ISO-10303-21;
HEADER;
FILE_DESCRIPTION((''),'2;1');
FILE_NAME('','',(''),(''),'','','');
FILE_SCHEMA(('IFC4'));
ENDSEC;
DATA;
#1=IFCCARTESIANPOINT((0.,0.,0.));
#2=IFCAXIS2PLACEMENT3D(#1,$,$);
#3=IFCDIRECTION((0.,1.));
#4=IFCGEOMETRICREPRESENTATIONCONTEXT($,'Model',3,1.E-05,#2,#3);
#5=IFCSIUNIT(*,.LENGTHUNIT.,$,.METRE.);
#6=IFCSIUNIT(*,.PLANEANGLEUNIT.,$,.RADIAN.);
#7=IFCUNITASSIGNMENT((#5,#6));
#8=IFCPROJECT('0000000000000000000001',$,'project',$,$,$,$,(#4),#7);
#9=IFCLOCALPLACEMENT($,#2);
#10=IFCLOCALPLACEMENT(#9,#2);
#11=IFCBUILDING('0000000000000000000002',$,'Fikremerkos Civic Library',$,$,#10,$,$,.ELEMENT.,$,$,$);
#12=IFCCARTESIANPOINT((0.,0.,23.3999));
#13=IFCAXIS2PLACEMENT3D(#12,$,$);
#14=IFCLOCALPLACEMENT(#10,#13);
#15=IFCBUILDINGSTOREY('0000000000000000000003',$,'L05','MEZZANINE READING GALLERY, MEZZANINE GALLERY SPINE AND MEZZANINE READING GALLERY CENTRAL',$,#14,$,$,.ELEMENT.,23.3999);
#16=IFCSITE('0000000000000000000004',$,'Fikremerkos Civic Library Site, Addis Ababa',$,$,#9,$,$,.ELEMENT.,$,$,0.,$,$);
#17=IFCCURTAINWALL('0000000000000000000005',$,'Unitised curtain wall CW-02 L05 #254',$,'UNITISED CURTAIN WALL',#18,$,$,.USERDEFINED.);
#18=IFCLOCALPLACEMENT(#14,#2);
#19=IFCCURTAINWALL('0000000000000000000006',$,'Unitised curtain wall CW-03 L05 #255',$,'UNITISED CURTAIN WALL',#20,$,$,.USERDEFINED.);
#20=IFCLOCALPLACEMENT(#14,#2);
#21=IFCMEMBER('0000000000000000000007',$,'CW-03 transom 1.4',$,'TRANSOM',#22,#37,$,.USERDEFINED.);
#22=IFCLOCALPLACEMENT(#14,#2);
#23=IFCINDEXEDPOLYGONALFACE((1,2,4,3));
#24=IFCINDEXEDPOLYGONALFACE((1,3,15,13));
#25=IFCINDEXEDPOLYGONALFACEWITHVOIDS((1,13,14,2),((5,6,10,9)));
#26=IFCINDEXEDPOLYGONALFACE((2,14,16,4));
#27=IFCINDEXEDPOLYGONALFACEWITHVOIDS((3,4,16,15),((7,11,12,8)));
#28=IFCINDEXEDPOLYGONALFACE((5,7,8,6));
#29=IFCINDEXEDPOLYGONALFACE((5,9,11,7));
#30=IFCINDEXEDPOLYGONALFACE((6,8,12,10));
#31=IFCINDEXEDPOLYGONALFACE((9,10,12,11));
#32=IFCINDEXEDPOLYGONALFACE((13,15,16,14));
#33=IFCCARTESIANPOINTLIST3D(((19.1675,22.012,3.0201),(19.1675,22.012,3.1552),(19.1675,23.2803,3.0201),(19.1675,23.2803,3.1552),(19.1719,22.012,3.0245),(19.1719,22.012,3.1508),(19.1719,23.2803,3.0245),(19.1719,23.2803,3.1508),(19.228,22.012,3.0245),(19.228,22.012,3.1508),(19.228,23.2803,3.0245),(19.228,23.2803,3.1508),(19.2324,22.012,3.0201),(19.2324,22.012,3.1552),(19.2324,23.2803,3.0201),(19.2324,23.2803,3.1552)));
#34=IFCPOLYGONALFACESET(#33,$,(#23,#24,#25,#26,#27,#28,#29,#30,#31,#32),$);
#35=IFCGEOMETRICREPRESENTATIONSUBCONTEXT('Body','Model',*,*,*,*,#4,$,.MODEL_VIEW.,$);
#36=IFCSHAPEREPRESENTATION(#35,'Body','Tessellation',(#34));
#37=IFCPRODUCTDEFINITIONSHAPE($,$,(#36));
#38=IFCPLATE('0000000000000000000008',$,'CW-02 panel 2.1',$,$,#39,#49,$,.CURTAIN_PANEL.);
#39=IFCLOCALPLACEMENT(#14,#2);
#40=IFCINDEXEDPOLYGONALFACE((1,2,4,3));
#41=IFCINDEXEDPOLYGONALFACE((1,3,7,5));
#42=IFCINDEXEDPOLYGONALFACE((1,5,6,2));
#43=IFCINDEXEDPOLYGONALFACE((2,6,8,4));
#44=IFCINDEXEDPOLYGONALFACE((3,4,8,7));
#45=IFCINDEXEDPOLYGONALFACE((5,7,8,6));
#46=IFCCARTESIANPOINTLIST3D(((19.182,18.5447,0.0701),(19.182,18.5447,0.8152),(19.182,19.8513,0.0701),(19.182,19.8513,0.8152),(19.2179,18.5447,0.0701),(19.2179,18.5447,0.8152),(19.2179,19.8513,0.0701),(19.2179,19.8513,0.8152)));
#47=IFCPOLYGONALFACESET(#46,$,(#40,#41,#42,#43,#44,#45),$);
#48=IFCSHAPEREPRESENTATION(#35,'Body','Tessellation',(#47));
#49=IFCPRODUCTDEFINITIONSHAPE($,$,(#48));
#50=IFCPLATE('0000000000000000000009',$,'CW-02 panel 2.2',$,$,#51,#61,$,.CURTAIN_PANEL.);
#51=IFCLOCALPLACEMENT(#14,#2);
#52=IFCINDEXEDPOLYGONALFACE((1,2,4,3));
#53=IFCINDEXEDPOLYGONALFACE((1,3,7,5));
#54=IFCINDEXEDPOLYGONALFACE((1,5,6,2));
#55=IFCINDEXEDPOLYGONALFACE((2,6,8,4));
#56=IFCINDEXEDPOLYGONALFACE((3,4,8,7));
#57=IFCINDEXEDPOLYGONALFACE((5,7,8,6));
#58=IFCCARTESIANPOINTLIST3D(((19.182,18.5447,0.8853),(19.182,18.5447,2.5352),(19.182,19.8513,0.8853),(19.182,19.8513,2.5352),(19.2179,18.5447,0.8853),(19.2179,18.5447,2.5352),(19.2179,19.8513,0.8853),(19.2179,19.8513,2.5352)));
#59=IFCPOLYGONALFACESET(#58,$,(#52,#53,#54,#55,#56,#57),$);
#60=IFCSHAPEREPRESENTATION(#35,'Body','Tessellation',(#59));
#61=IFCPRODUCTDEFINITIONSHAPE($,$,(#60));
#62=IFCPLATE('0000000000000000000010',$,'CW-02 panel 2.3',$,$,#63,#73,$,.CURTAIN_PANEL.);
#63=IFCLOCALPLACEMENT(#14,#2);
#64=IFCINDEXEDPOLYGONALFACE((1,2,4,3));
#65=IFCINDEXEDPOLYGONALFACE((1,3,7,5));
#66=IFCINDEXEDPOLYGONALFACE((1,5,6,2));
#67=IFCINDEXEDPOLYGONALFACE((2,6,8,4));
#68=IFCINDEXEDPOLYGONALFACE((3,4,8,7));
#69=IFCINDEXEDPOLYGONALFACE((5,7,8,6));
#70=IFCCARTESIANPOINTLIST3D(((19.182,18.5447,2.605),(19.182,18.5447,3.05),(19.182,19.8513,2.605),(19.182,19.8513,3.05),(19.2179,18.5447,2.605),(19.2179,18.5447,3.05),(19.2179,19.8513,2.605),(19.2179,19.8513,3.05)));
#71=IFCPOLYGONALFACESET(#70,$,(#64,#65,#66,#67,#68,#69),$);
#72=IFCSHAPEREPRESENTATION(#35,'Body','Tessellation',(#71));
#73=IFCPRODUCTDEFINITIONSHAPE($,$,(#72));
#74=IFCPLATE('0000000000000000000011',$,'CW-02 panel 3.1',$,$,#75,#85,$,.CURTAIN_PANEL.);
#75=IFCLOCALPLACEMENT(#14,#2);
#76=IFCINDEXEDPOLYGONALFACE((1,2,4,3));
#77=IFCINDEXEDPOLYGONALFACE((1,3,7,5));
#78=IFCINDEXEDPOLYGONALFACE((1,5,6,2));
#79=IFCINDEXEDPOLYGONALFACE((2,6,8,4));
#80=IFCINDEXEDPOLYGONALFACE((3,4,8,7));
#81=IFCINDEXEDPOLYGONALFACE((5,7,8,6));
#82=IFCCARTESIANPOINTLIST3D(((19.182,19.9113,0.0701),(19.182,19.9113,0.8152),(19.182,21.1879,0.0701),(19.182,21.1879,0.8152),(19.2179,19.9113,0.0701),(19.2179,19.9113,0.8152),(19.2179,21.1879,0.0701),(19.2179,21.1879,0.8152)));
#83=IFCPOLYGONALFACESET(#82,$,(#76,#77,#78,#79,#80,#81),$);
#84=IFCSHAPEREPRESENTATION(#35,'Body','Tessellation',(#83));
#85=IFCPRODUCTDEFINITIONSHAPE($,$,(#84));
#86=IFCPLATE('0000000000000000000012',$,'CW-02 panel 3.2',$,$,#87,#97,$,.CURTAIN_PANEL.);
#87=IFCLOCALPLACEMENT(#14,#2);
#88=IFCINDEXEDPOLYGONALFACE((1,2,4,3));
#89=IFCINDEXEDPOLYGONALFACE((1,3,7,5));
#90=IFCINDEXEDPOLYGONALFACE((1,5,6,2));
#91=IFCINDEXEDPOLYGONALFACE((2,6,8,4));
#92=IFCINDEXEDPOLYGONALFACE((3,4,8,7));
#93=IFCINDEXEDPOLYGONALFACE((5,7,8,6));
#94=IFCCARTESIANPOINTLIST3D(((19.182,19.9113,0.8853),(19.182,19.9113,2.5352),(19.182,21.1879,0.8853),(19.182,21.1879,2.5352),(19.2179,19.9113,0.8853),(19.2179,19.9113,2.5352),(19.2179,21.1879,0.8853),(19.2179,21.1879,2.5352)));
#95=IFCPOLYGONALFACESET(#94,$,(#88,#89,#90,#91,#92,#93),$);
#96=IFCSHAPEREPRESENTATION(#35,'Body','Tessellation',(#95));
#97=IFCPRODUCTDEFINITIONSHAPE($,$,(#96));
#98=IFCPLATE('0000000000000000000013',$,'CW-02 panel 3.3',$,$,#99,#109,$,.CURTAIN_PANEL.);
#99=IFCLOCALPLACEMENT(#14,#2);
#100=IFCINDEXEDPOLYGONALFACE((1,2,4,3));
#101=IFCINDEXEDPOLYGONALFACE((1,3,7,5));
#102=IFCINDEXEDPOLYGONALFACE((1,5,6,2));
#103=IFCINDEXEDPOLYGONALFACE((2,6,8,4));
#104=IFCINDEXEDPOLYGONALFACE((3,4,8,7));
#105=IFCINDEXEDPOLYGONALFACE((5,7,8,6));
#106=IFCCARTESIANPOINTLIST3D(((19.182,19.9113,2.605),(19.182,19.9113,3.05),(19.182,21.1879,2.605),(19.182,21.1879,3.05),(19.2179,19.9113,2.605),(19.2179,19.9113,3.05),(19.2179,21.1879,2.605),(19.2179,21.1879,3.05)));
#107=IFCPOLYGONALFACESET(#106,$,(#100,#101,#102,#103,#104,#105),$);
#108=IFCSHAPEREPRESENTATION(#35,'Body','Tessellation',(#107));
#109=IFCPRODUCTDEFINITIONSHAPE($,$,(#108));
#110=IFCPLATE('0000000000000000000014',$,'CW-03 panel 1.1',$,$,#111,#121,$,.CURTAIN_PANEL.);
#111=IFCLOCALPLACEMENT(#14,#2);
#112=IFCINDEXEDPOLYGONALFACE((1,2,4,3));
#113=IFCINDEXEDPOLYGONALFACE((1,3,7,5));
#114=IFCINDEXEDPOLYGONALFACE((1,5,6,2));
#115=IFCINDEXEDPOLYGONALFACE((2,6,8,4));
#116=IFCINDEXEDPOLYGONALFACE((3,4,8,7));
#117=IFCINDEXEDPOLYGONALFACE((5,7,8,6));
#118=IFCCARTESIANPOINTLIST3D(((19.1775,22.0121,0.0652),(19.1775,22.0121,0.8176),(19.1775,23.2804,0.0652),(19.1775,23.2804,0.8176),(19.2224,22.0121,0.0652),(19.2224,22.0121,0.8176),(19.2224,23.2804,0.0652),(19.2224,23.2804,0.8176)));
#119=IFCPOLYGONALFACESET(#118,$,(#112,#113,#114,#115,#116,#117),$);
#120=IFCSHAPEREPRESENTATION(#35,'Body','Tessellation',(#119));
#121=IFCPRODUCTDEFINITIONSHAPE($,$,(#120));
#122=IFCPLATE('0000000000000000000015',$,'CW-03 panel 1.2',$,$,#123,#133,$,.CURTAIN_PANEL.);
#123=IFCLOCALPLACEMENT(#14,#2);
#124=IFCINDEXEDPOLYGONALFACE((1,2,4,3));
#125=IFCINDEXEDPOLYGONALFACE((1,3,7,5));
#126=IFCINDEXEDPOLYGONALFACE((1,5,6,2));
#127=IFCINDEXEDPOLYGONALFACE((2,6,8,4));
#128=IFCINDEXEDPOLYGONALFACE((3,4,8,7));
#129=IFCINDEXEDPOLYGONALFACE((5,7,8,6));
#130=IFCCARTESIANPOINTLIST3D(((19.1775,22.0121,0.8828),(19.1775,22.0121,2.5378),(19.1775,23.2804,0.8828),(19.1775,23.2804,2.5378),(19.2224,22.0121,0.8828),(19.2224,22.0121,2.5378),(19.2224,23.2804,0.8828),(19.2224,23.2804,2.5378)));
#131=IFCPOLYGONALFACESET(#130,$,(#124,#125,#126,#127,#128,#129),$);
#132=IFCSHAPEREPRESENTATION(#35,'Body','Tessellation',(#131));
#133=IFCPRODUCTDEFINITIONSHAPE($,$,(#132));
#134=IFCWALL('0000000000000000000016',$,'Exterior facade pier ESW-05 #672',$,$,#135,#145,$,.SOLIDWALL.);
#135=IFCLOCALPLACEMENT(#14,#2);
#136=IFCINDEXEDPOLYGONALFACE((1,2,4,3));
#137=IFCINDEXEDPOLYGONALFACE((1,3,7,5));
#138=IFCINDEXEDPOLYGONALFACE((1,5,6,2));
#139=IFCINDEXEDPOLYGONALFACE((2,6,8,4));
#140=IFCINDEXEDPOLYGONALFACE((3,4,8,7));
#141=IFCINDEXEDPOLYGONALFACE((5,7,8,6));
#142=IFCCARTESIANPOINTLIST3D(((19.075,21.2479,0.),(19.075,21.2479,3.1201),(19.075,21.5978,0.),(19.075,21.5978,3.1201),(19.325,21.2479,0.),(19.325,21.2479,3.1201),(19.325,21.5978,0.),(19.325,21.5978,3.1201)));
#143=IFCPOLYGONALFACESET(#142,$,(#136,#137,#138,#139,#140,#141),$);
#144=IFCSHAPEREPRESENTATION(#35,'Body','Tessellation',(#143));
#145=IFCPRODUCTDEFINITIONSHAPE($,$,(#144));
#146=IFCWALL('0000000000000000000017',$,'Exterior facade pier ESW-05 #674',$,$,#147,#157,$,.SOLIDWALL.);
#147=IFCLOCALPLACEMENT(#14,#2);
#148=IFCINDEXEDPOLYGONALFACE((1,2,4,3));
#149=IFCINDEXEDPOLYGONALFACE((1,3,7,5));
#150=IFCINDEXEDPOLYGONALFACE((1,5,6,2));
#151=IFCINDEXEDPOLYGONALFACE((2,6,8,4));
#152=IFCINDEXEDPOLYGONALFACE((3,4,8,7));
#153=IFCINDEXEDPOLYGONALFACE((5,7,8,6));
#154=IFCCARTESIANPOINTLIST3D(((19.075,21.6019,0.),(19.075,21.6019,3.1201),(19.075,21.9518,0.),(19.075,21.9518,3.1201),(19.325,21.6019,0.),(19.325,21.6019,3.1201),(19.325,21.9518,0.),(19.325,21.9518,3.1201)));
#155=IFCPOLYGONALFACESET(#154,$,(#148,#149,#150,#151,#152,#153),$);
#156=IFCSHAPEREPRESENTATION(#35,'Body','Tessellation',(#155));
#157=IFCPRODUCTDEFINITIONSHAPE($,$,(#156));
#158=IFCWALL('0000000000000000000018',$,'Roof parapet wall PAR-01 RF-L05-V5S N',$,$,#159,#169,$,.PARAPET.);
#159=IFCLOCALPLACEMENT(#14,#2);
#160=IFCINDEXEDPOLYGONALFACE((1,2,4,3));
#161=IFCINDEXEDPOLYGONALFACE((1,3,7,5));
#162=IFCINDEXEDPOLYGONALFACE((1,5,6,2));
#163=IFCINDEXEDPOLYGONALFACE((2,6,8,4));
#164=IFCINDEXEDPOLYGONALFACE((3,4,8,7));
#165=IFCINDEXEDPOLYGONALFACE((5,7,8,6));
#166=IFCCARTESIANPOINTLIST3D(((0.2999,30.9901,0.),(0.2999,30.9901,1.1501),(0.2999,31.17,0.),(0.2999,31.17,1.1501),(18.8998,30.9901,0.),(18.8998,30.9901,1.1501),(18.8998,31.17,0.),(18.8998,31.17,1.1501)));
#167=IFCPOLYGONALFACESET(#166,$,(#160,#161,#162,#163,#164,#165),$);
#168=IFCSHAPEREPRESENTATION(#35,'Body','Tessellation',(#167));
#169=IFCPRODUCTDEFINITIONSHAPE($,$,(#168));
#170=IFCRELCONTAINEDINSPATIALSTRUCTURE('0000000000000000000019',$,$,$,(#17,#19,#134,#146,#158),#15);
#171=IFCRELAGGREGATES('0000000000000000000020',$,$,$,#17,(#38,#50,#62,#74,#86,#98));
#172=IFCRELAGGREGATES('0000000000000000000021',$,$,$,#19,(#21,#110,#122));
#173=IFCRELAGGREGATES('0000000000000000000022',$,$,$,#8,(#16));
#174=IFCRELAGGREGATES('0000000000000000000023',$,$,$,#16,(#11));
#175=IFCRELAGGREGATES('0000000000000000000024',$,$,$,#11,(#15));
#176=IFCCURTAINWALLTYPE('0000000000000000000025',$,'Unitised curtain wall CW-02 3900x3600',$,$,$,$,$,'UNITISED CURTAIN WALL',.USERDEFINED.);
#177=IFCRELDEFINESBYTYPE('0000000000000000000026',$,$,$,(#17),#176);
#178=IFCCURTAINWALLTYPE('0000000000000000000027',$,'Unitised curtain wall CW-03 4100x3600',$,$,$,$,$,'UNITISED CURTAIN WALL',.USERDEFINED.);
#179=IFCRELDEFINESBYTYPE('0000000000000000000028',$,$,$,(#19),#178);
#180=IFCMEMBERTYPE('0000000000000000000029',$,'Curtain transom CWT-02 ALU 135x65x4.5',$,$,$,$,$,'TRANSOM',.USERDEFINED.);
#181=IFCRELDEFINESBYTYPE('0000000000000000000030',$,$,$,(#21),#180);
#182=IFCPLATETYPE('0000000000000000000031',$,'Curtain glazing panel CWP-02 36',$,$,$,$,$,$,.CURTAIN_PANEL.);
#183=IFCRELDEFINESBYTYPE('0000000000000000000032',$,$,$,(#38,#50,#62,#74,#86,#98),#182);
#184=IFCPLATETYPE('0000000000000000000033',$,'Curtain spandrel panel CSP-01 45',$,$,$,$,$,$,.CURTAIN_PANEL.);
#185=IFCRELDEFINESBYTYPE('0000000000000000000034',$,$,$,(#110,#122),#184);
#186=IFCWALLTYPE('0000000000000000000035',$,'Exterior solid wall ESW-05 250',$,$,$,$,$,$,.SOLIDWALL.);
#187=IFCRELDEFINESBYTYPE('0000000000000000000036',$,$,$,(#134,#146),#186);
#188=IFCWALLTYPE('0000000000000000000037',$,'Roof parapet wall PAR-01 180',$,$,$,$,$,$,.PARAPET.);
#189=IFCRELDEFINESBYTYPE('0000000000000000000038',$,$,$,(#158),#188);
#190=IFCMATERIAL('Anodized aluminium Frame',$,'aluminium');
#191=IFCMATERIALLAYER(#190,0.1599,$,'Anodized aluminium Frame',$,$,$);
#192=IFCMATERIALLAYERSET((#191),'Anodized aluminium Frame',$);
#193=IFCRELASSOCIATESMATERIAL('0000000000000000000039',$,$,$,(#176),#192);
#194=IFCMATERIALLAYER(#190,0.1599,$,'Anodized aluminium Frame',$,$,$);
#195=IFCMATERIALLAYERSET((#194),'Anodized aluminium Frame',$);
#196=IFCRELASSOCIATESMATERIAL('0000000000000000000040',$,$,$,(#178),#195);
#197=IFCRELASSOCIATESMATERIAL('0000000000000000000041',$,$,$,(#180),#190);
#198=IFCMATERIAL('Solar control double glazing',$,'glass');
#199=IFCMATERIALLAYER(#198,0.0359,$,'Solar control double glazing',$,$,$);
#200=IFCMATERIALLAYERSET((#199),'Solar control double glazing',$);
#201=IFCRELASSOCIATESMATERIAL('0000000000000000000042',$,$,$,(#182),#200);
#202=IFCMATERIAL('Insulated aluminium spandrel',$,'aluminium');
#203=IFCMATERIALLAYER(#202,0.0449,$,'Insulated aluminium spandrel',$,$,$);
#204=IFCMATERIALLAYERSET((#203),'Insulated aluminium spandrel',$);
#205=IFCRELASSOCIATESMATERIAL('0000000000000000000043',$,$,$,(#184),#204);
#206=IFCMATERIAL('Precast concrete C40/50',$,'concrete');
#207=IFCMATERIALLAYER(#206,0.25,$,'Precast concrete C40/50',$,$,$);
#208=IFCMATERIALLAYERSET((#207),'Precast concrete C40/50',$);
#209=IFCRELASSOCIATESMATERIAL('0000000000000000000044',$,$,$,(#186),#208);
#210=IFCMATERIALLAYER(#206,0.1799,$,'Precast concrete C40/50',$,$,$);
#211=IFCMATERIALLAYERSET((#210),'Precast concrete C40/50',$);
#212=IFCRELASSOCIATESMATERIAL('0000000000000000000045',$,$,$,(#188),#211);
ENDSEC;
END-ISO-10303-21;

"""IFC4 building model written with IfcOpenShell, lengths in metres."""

from ifc_helpers import new_model, si_unit, direction, frame, frame_2d, origin, origin_2d, place, context, subcontext, project, spatial, rectangle, hollow_rectangle, extrude, material, layer, layer_set, material_profile, profile_set, type_object, element, aggregate, save


model = new_model("IFC4")

# Units and contexts
model_context = context("Model", 3, precision=1e-05, world=origin(), true_north=direction((0.0, 1.0)))
body_context = subcontext(model_context, "Body", "Model", "MODEL_VIEW")
ifc_project = project(units=[si_unit("LENGTHUNIT", "METRE"), si_unit("PLANEANGLEUNIT", "RADIAN")], contexts=[model_context])

# Site, building, storey
site_placement = place(None, origin())
site = spatial("IfcSite", under=ifc_project, at=site_placement, Name="Fikremerkos Civic Library Site, Addis Ababa", CompositionType="ELEMENT", RefElevation=0.0)
building_placement = place(site_placement, origin())
building = spatial("IfcBuilding", under=site, at=building_placement, Name="Fikremerkos Civic Library", CompositionType="ELEMENT")
storey_placement = place(building_placement, frame((0.0, 0.0, 23.3999)))
storey = spatial("IfcBuildingStorey", under=building, at=storey_placement, Name="L05", Description="MEZZANINE READING GALLERY, MEZZANINE GALLERY SPINE AND MEZZANINE READING GALLERY CENTRAL", CompositionType="ELEMENT", Elevation=23.3999)

# Curtain wall
ifc_material_1 = material(Name="Anodized aluminium Frame", Category="aluminium")
ifc_layer_1 = layer(ifc_material_1, 0.1599, Name="Anodized aluminium Frame")
ifc_layer_set_1 = layer_set([ifc_layer_1], Name="Anodized aluminium Frame")
curtain_wall_type_1 = type_object("IfcCurtainWallType", Name="Unitised curtain wall CW-02 3900x3600", ElementType="UNITISED CURTAIN WALL", PredefinedType="USERDEFINED", material=ifc_layer_set_1)
curtain_wall_1_placement = place(storey_placement, origin())
curtain_wall_1 = element("IfcCurtainWall", 1, at=curtain_wall_1_placement, inside=storey, type_object=curtain_wall_type_1, Name="Unitised curtain wall CW-02 L05 #254", ObjectType="UNITISED CURTAIN WALL", PredefinedType="USERDEFINED")

# Curtain wall
ifc_layer_2 = layer(ifc_material_1, 0.1599, Name="Anodized aluminium Frame")
ifc_layer_set_2 = layer_set([ifc_layer_2], Name="Anodized aluminium Frame")
curtain_wall_type_2 = type_object("IfcCurtainWallType", Name="Unitised curtain wall CW-03 4100x3600", ElementType="UNITISED CURTAIN WALL", PredefinedType="USERDEFINED", material=ifc_layer_set_2)
curtain_wall_2_placement = place(storey_placement, origin())
curtain_wall_2 = element("IfcCurtainWall", 2, at=curtain_wall_2_placement, inside=storey, type_object=curtain_wall_type_2, Name="Unitised curtain wall CW-03 L05 #255", ObjectType="UNITISED CURTAIN WALL", PredefinedType="USERDEFINED")

# Member
ifc_material_profile_1 = material_profile(ifc_material_1, hollow_rectangle(XDim=0.0649, YDim=0.135, WallThickness=0.0044, at=origin_2d()), Name="ALU 135x65x4.5")
ifc_profile_set_1 = profile_set([ifc_material_profile_1], Name="Anodized aluminium Frame")
member_type_1 = type_object("IfcMemberType", Name="Curtain transom CWT-02 ALU 135x65x4.5", ElementType="TRANSOM", PredefinedType="USERDEFINED", material=ifc_profile_set_1)
member_1_placement = place(storey_placement, frame((19.2, 22.012, 3.0876), z_axis=(0.0, 1.0, 0.0), x_axis=(-1.0, 0.0, 0.0)))
member_1 = element("IfcMember", 3, at=member_1_placement, type_object=member_type_1, Name="CW-03 transom 1.4", ObjectType="TRANSOM", PredefinedType="USERDEFINED", context=body_context, shape_type="SweptSolid", body=[
    extrude(hollow_rectangle(XDim=0.0649, YDim=0.135, WallThickness=0.0044, at=origin_2d()), origin(), (0.0, 0.0, 1.0), 1.2683),
])

# Plates
ifc_material_2 = material(Name="Solar control double glazing", Category="glass")
ifc_layer_3 = layer(ifc_material_2, 0.0359, Name="Solar control double glazing")
ifc_layer_set_3 = layer_set([ifc_layer_3], Name="Solar control double glazing")
plate_type_1 = type_object("IfcPlateType", Name="Curtain glazing panel CWP-02 36", PredefinedType="CURTAIN_PANEL", material=ifc_layer_set_3)
plate_1_placement = place(storey_placement, frame((19.2, 19.198, 0.0701), z_axis=(0.0, 0.0, 1.0), x_axis=(0.0, 1.0, 0.0)))
plate_1 = element("IfcPlate", 4, at=plate_1_placement, type_object=plate_type_1, Name="CW-02 panel 2.1", PredefinedType="CURTAIN_PANEL", context=body_context, shape_type="SweptSolid", body=[
    extrude(rectangle(XDim=1.3066, YDim=0.0359, at=origin_2d()), origin(), (0.0, 0.0, 1.0), 0.7451),
])
plate_2_placement = place(storey_placement, frame((19.2, 19.198, 0.8853), z_axis=(0.0, 0.0, 1.0), x_axis=(0.0, 1.0, 0.0)))
plate_2 = element("IfcPlate", 5, at=plate_2_placement, type_object=plate_type_1, Name="CW-02 panel 2.2", PredefinedType="CURTAIN_PANEL", context=body_context, shape_type="SweptSolid", body=[
    extrude(rectangle(XDim=1.3066, YDim=0.0359, at=origin_2d()), origin(), (0.0, 0.0, 1.0), 1.6499),
])
plate_3_placement = place(storey_placement, frame((19.2, 19.198, 2.605), z_axis=(0.0, 0.0, 1.0), x_axis=(0.0, 1.0, 0.0)))
plate_3 = element("IfcPlate", 6, at=plate_3_placement, type_object=plate_type_1, Name="CW-02 panel 2.3", PredefinedType="CURTAIN_PANEL", context=body_context, shape_type="SweptSolid", body=[
    extrude(rectangle(XDim=1.3066, YDim=0.0359, at=origin_2d()), origin(), (0.0, 0.0, 1.0), 0.4451),
])
plate_4_placement = place(storey_placement, frame((19.2, 20.5496, 0.0701), z_axis=(0.0, 0.0, 1.0), x_axis=(0.0, 1.0, 0.0)))
plate_4 = element("IfcPlate", 7, at=plate_4_placement, type_object=plate_type_1, Name="CW-02 panel 3.1", PredefinedType="CURTAIN_PANEL", context=body_context, shape_type="SweptSolid", body=[
    extrude(rectangle(XDim=1.2766, YDim=0.0359, at=origin_2d()), origin(), (0.0, 0.0, 1.0), 0.7451),
])
plate_5_placement = place(storey_placement, frame((19.2, 20.5496, 0.8853), z_axis=(0.0, 0.0, 1.0), x_axis=(0.0, 1.0, 0.0)))
plate_5 = element("IfcPlate", 8, at=plate_5_placement, type_object=plate_type_1, Name="CW-02 panel 3.2", PredefinedType="CURTAIN_PANEL", context=body_context, shape_type="SweptSolid", body=[
    extrude(rectangle(XDim=1.2766, YDim=0.0359, at=origin_2d()), origin(), (0.0, 0.0, 1.0), 1.6499),
])
plate_6_placement = place(storey_placement, frame((19.2, 20.5496, 2.605), z_axis=(0.0, 0.0, 1.0), x_axis=(0.0, 1.0, 0.0)))
plate_6 = element("IfcPlate", 9, at=plate_6_placement, type_object=plate_type_1, Name="CW-02 panel 3.3", PredefinedType="CURTAIN_PANEL", context=body_context, shape_type="SweptSolid", body=[
    extrude(rectangle(XDim=1.2766, YDim=0.0359, at=origin_2d()), origin(), (0.0, 0.0, 1.0), 0.4451),
])
aggregate(curtain_wall_1, [plate_1, plate_2, plate_3, plate_4, plate_5, plate_6])
ifc_material_3 = material(Name="Insulated aluminium spandrel", Category="aluminium")
ifc_layer_4 = layer(ifc_material_3, 0.0449, Name="Insulated aluminium spandrel")
ifc_layer_set_4 = layer_set([ifc_layer_4], Name="Insulated aluminium spandrel")
plate_type_2 = type_object("IfcPlateType", Name="Curtain spandrel panel CSP-01 45", PredefinedType="CURTAIN_PANEL", material=ifc_layer_set_4)
plate_7_placement = place(storey_placement, frame((19.2, 22.6462, 0.0652), z_axis=(0.0, 0.0, 1.0), x_axis=(0.0, 1.0, 0.0)))
plate_7 = element("IfcPlate", 10, at=plate_7_placement, type_object=plate_type_2, Name="CW-03 panel 1.1", PredefinedType="CURTAIN_PANEL", context=body_context, shape_type="SweptSolid", body=[
    extrude(rectangle(XDim=1.2683, YDim=0.0449, at=origin_2d()), origin(), (0.0, 0.0, 1.0), 0.7524),
])
plate_8_placement = place(storey_placement, frame((19.2, 22.6462, 0.8828), z_axis=(0.0, 0.0, 1.0), x_axis=(0.0, 1.0, 0.0)))
plate_8 = element("IfcPlate", 11, at=plate_8_placement, type_object=plate_type_2, Name="CW-03 panel 1.2", PredefinedType="CURTAIN_PANEL", context=body_context, shape_type="SweptSolid", body=[
    extrude(rectangle(XDim=1.2683, YDim=0.0449, at=origin_2d()), origin(), (0.0, 0.0, 1.0), 1.655),
])
aggregate(curtain_wall_2, [member_1, plate_7, plate_8])

# Walls
ifc_material_4 = material(Name="Precast concrete C40/50", Category="concrete")
ifc_layer_5 = layer(ifc_material_4, 0.25, Name="Precast concrete C40/50")
ifc_layer_set_5 = layer_set([ifc_layer_5], Name="Precast concrete C40/50")
wall_type_1 = type_object("IfcWallType", Name="Exterior solid wall ESW-05 250", PredefinedType="SOLIDWALL", material=ifc_layer_set_5)
for number, where, z_axis, x_axis, name in (
    (12, (19.2, 21.248, 0.0), (0.0, 0.0, 1.0), (0.0, 1.0, 0.0), "Exterior facade pier ESW-05 #672"),
    (13, (19.2, 21.6021, 0.0), (0.0, 0.0, 1.0), (0.0, 1.0, 0.0), "Exterior facade pier ESW-05 #674"),
):
    element("IfcWall", number, at=place(storey_placement, frame(where, z_axis=z_axis, x_axis=x_axis)), inside=storey, type_object=wall_type_1, Name=name, PredefinedType="SOLIDWALL", context=body_context, shape_type="SweptSolid", body=[
        extrude(rectangle(XDim=0.3499, YDim=0.25, at=frame_2d((0.1748, 0.0))), origin(), (0.0, 0.0, 1.0), 3.1201),
    ])
ifc_layer_6 = layer(ifc_material_4, 0.1799, Name="Precast concrete C40/50")
ifc_layer_set_6 = layer_set([ifc_layer_6], Name="Precast concrete C40/50")
wall_type_2 = type_object("IfcWallType", Name="Roof parapet wall PAR-01 180", PredefinedType="PARAPET", material=ifc_layer_set_6)
wall_placement = place(storey_placement, frame((0.3, 31.0801, 0.0), z_axis=(0.0, 0.0, 1.0), x_axis=(1.0, 0.0, 0.0)))
element("IfcWall", 14, at=wall_placement, inside=storey, type_object=wall_type_2, Name="Roof parapet wall PAR-01 RF-L05-V5S N", PredefinedType="PARAPET", context=body_context, shape_type="SweptSolid", body=[
    extrude(rectangle(XDim=18.5999, YDim=0.1799, at=frame_2d((9.2998, 0.0))), origin(), (0.0, 0.0, 1.0), 1.1501),
])

save(model, "model.ifc")
